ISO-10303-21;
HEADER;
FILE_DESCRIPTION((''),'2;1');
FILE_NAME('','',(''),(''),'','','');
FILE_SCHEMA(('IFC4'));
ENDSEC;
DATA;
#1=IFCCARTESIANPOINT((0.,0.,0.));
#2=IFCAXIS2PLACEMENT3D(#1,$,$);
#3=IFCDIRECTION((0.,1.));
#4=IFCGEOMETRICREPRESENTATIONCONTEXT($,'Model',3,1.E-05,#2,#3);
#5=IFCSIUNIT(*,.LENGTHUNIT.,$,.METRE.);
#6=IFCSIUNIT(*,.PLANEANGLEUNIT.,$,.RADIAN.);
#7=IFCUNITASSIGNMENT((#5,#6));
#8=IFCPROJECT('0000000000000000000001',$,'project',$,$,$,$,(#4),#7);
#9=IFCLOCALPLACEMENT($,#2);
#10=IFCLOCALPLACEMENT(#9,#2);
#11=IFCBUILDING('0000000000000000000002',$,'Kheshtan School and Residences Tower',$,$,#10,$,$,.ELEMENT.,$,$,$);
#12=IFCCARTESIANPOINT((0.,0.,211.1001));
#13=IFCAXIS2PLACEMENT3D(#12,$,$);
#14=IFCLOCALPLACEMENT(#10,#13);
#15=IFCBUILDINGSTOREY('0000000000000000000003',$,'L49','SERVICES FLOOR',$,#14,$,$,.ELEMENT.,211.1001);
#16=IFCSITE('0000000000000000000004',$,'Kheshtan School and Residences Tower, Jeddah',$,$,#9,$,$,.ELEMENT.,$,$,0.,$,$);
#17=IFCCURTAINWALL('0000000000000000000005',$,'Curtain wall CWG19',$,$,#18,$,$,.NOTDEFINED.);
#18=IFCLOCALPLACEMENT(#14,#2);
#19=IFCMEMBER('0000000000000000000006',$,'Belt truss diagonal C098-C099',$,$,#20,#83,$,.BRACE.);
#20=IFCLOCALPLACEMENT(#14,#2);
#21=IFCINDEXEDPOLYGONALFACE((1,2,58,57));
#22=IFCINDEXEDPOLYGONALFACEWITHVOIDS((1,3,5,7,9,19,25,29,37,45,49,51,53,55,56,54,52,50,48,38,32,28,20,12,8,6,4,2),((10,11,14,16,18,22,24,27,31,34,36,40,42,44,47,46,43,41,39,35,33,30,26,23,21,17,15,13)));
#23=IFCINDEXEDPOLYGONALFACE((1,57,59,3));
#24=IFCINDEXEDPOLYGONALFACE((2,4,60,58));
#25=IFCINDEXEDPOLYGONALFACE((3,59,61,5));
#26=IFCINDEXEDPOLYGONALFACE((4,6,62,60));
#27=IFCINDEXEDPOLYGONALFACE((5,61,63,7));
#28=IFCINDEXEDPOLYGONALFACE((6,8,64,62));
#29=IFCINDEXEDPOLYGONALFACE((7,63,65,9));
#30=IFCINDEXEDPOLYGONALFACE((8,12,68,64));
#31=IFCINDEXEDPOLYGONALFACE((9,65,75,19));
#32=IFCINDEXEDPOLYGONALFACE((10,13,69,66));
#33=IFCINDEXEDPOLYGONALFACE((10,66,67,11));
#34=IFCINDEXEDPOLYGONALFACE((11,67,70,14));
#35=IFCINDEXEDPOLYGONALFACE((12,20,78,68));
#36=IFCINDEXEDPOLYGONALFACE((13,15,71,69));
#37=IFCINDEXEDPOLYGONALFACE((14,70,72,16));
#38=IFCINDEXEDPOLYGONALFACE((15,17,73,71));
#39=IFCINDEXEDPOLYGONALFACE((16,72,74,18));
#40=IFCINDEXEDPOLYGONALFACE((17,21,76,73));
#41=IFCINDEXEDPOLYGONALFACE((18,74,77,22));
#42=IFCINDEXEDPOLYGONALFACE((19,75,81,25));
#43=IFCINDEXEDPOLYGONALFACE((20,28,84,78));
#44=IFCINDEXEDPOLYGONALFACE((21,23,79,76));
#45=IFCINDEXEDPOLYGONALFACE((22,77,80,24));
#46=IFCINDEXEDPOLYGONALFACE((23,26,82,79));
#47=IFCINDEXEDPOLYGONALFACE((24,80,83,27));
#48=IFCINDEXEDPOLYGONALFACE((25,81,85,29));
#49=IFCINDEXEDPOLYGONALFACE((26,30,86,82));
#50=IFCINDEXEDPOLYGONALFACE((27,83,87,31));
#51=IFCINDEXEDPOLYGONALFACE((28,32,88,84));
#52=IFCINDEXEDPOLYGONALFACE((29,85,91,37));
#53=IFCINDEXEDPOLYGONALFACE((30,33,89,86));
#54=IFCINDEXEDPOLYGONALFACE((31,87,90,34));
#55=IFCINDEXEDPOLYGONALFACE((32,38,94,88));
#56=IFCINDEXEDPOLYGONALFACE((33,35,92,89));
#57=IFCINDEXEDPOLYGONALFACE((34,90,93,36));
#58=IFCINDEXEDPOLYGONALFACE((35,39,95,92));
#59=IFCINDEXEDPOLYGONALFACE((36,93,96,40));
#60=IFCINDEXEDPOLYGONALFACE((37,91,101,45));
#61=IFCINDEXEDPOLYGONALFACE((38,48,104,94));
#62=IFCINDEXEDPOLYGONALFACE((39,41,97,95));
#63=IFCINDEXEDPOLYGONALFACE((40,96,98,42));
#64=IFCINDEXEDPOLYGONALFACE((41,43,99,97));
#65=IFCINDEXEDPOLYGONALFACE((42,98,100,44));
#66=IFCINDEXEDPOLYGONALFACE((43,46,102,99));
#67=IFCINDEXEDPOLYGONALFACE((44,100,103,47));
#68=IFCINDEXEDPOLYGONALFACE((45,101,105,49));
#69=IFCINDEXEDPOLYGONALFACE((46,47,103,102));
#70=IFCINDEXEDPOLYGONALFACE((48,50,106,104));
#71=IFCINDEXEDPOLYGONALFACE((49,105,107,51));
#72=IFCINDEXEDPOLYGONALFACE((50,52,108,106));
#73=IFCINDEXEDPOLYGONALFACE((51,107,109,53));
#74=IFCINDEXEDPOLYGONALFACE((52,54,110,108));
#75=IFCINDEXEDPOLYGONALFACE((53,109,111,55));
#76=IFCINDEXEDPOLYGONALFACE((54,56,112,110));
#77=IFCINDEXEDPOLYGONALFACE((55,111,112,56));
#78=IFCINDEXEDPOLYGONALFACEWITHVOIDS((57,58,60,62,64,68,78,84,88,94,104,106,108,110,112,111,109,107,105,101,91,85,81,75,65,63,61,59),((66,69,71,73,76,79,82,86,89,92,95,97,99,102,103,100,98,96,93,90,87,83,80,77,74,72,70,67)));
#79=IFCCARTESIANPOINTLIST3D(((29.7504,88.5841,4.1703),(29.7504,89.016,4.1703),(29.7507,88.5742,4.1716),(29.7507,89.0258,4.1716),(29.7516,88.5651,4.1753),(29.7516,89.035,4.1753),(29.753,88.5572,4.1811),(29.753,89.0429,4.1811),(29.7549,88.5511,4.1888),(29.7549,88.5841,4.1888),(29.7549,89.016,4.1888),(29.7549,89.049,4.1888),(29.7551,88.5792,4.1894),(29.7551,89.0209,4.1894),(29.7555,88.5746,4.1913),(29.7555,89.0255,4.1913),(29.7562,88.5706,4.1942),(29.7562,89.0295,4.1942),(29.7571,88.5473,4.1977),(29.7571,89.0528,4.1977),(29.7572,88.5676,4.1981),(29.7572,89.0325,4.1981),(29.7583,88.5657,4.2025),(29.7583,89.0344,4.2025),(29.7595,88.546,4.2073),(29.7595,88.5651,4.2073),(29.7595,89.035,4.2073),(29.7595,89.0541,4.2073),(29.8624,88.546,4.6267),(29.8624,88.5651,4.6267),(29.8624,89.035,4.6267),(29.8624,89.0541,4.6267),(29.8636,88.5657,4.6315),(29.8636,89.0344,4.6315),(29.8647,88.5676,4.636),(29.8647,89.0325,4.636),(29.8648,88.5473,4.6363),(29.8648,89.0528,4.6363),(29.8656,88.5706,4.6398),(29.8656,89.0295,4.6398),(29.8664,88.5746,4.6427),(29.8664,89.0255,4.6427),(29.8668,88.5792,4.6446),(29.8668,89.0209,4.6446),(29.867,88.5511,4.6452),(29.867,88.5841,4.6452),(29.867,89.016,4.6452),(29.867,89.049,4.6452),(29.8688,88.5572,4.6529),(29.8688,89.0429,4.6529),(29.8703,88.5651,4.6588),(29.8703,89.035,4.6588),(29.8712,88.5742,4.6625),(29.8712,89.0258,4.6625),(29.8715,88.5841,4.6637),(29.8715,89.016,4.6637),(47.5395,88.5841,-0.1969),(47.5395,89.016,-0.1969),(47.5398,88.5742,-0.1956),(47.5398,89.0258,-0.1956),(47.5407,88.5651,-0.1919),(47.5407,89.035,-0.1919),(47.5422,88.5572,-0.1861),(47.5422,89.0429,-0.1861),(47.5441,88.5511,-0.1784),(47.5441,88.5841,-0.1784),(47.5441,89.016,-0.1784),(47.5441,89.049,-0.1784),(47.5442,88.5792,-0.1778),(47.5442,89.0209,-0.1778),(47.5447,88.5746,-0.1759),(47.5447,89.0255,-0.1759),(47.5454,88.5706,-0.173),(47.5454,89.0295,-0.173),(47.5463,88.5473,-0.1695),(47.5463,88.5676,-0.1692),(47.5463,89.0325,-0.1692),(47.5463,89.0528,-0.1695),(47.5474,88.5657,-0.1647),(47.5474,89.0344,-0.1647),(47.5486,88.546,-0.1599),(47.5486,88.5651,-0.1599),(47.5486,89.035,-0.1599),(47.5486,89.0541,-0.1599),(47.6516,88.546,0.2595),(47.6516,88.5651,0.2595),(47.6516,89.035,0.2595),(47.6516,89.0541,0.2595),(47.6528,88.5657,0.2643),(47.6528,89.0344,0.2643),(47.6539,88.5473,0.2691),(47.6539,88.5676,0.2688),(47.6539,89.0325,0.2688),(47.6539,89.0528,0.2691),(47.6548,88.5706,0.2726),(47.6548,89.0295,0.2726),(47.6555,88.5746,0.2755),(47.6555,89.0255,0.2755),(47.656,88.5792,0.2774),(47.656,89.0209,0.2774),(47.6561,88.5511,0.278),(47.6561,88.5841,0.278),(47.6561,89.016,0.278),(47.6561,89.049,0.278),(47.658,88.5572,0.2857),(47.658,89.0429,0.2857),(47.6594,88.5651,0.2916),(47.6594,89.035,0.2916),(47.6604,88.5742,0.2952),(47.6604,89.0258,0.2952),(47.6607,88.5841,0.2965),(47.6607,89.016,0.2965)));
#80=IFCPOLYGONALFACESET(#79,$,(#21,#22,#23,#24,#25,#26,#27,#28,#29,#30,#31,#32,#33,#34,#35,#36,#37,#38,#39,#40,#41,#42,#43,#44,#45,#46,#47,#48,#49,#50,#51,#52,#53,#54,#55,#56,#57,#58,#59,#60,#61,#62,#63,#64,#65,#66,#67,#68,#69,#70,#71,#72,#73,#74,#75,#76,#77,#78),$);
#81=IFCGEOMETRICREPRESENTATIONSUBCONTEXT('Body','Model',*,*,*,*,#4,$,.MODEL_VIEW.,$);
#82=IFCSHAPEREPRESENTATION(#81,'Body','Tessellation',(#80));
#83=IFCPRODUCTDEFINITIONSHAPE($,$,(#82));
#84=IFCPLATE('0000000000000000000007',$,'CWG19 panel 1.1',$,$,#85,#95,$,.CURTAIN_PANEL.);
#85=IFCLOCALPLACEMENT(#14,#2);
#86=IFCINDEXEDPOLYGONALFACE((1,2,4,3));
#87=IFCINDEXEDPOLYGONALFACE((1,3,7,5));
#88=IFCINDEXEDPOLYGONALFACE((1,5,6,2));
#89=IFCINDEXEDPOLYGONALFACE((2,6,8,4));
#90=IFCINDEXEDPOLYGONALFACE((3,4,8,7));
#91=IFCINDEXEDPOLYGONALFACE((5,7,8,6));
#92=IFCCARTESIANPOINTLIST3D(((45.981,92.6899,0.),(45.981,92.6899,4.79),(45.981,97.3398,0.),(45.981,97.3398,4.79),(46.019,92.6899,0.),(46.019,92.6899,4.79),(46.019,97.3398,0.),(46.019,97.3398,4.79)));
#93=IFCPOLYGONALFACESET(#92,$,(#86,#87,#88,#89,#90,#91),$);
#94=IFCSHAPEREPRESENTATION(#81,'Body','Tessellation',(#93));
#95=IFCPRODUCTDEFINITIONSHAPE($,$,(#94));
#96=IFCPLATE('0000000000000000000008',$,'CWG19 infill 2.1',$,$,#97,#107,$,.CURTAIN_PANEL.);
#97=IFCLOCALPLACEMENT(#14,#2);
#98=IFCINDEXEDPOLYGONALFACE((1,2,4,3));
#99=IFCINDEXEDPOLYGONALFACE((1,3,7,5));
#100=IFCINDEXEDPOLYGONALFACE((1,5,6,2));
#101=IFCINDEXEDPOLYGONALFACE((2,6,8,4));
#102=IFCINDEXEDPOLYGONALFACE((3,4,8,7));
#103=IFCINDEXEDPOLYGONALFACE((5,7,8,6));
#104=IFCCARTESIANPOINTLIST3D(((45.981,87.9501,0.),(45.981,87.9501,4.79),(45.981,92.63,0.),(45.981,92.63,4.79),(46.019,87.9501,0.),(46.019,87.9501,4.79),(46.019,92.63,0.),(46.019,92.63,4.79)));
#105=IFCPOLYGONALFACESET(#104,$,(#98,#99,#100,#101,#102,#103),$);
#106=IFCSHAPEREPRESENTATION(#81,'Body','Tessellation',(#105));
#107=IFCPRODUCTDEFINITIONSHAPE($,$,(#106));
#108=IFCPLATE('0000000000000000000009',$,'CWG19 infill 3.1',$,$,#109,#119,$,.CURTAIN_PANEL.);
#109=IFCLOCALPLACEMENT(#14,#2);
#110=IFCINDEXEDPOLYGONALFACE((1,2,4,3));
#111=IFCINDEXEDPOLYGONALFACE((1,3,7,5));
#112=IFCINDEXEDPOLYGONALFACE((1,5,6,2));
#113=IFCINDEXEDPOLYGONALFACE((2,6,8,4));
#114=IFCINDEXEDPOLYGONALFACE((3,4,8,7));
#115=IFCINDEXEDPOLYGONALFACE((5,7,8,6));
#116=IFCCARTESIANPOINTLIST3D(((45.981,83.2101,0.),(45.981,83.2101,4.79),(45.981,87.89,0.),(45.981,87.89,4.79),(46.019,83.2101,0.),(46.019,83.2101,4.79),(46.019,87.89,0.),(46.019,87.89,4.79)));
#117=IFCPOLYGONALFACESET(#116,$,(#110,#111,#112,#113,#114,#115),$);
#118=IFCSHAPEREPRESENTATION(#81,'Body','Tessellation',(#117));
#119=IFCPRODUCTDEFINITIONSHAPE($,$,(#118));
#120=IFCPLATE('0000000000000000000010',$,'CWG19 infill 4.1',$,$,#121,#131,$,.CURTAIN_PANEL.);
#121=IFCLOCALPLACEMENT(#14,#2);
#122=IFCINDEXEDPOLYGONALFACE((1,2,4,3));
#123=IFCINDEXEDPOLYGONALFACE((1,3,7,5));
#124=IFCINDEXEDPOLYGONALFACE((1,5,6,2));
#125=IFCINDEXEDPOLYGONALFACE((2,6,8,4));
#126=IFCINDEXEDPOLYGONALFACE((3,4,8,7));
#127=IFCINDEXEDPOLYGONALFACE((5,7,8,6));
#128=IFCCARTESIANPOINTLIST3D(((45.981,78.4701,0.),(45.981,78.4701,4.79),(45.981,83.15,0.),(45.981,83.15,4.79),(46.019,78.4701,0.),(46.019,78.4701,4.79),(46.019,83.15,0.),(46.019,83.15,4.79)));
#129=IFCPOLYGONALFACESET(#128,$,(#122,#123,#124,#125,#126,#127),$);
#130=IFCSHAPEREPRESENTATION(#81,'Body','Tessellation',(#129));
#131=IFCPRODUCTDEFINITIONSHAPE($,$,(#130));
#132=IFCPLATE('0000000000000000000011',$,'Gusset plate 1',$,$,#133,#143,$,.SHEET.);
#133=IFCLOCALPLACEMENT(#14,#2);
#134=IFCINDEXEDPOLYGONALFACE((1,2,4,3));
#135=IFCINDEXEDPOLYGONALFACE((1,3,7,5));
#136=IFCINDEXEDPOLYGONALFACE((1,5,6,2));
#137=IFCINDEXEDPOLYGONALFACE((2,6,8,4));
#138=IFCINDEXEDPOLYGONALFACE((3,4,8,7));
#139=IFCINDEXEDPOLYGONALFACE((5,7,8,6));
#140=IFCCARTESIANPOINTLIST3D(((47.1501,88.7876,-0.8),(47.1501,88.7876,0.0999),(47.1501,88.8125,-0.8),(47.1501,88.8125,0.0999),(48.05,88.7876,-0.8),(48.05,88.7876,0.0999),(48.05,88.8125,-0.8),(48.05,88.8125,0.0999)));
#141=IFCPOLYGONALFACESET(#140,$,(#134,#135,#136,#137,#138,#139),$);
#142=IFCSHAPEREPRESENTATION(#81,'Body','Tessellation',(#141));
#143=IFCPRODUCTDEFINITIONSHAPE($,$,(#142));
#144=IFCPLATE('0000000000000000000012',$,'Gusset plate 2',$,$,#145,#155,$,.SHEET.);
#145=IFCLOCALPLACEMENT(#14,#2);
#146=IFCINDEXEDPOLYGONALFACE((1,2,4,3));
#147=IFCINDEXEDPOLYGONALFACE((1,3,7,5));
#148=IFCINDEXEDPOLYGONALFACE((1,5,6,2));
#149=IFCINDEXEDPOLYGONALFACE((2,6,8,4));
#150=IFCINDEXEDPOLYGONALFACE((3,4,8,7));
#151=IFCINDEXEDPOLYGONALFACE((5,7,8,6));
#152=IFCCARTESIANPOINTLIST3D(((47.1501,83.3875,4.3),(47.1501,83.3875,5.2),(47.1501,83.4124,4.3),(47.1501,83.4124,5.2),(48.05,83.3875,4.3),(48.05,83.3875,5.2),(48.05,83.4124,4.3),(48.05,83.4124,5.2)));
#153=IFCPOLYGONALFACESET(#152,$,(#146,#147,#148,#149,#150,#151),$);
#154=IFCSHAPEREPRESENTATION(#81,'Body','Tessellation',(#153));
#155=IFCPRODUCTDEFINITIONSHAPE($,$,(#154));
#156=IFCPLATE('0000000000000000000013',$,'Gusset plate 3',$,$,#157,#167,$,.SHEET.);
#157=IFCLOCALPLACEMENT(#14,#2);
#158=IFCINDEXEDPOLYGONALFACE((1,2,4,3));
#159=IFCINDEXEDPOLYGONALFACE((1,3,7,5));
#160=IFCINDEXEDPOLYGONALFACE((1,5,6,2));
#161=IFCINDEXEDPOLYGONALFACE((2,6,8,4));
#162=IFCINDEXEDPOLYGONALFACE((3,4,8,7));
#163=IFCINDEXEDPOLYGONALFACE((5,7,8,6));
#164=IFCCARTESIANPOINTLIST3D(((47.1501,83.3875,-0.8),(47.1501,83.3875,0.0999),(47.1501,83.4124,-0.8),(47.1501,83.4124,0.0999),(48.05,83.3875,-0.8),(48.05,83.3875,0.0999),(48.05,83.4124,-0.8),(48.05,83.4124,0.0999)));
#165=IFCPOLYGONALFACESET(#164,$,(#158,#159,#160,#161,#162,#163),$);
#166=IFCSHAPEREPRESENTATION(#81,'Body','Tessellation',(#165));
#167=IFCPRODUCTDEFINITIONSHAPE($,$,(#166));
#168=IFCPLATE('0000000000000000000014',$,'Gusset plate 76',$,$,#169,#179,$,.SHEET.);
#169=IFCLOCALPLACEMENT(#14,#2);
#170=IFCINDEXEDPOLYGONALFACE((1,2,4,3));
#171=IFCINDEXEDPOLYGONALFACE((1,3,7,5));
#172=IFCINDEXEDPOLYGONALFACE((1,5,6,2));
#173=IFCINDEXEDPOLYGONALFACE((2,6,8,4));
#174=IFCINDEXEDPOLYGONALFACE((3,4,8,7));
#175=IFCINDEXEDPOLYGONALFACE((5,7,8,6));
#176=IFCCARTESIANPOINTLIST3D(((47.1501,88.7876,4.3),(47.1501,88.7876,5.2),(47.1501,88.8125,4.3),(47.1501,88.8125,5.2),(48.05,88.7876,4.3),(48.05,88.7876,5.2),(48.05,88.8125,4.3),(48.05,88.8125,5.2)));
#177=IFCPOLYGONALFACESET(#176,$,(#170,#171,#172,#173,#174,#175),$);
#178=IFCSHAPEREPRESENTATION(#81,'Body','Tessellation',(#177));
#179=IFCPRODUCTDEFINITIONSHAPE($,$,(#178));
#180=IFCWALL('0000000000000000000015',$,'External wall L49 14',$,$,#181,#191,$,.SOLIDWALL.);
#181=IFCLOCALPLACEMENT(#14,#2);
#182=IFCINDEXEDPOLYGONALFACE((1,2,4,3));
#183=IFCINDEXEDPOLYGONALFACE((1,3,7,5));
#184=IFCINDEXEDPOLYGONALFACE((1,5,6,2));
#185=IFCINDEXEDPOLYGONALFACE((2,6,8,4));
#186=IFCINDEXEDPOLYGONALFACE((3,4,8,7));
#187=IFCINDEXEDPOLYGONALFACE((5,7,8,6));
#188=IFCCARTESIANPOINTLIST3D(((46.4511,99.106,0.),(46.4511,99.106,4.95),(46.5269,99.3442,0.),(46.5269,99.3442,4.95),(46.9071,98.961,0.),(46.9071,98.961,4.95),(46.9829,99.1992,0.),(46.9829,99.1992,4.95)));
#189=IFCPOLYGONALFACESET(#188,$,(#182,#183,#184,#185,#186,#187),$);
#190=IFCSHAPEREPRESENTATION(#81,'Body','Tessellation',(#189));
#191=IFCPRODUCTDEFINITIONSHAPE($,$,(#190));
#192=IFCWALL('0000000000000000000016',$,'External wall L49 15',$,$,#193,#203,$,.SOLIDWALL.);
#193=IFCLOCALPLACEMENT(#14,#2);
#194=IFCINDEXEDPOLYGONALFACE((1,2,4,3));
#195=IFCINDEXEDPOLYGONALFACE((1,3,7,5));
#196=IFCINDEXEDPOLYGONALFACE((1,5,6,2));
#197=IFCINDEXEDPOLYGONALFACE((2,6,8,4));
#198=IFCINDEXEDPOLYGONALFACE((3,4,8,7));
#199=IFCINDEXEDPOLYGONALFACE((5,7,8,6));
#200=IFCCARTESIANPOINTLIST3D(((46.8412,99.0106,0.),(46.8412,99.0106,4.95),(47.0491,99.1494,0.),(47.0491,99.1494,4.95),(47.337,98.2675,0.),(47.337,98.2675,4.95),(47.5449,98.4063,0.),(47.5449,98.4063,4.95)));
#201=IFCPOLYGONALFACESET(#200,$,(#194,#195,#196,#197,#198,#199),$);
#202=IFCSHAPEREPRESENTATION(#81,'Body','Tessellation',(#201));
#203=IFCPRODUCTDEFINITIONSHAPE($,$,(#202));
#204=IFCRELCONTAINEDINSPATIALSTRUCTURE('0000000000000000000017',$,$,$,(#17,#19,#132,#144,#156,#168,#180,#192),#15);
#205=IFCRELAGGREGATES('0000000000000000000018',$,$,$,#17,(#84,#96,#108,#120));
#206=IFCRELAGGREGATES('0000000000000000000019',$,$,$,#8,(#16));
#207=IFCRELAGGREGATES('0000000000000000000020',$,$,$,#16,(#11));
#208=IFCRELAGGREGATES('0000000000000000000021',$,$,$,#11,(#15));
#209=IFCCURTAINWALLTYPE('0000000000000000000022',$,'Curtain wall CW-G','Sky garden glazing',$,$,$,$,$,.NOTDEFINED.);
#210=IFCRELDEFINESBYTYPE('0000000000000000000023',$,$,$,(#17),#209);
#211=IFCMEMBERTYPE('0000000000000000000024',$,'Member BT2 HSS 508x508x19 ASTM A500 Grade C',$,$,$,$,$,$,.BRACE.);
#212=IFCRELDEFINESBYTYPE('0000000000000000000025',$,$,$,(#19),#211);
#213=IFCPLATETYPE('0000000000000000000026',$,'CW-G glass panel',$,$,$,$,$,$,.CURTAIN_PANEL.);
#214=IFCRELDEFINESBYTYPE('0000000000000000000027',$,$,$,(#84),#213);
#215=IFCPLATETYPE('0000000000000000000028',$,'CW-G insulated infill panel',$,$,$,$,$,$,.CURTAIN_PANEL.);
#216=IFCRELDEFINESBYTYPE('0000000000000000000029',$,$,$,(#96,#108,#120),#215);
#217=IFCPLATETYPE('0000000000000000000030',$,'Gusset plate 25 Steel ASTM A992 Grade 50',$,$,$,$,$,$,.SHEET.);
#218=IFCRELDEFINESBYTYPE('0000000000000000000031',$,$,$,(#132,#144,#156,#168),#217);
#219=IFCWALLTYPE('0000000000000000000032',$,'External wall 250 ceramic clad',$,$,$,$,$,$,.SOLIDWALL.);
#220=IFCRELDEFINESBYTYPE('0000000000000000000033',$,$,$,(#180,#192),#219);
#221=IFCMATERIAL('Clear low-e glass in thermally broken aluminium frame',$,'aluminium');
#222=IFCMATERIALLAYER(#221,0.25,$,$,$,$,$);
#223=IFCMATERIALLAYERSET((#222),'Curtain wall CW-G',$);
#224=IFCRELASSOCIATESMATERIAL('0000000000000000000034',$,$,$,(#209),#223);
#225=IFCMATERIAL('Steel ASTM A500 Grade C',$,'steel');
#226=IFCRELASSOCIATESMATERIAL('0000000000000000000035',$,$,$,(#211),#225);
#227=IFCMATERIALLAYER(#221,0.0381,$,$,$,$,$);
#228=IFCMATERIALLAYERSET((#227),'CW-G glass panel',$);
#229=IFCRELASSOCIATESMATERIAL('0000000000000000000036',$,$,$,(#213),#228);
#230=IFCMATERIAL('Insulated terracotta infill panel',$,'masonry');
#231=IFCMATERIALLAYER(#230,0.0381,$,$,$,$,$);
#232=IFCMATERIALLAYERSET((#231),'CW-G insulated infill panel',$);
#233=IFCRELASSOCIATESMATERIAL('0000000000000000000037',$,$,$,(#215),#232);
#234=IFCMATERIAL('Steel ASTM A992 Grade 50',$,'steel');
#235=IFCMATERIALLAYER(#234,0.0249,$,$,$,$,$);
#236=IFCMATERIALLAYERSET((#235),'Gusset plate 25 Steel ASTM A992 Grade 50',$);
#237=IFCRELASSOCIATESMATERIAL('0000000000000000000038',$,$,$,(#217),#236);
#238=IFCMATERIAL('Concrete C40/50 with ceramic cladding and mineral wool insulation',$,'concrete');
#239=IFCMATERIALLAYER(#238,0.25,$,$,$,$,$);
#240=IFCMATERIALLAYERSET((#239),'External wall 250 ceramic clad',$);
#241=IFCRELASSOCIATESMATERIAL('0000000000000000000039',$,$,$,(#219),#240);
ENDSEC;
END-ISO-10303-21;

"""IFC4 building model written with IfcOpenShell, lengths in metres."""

from ifc_helpers import new_model, si_unit, direction, frame, frame_2d, origin, origin_2d, place, context, subcontext, project, spatial, rectangle, hollow_rectangle, extrude, material, layer, layer_set, material_profile, profile_set, type_object, element, aggregate, save


model = new_model("IFC4")

# Units and contexts
model_context = context("Model", 3, precision=1e-05, world=origin(), true_north=direction((0.0, 1.0)))
body_context = subcontext(model_context, "Body", "Model", "MODEL_VIEW")
ifc_project = project(units=[si_unit("LENGTHUNIT", "METRE"), si_unit("PLANEANGLEUNIT", "RADIAN")], contexts=[model_context])

# Site, building, storey
site_placement = place(None, origin())
site = spatial("IfcSite", under=ifc_project, at=site_placement, Name="Kheshtan School and Residences Tower, Jeddah", CompositionType="ELEMENT", RefElevation=0.0)
building_placement = place(site_placement, origin())
building = spatial("IfcBuilding", under=site, at=building_placement, Name="Kheshtan School and Residences Tower", CompositionType="ELEMENT")
storey_placement = place(building_placement, frame((0.0, 0.0, 211.1001)))
storey = spatial("IfcBuildingStorey", under=building, at=storey_placement, Name="L49", Description="SERVICES FLOOR", CompositionType="ELEMENT", Elevation=211.1001)

# Shared definitions
ifc_material_1 = material(Name="Steel ASTM A992 Grade 50", Category="steel")

# Curtain wall
ifc_material_2 = material(Name="Clear low-e glass in thermally broken aluminium frame", Category="aluminium")
ifc_layer_1 = layer(ifc_material_2, 0.25)
ifc_layer_set_1 = layer_set([ifc_layer_1], Name="Curtain wall CW-G")
curtain_wall_type = type_object("IfcCurtainWallType", Name="Curtain wall CW-G", Description="Sky garden glazing", PredefinedType="NOTDEFINED", material=ifc_layer_set_1)
curtain_wall_placement = place(storey_placement, origin())
curtain_wall = element("IfcCurtainWall", 1, at=curtain_wall_placement, inside=storey, type_object=curtain_wall_type, Name="Curtain wall CWG19", PredefinedType="NOTDEFINED")

# Member
ifc_material_3 = material(Name="Steel ASTM A500 Grade C", Category="steel")
ifc_material_profile_1 = material_profile(ifc_material_3, hollow_rectangle(XDim=0.5081, YDim=0.5081, WallThickness=0.019, InnerFilletRadius=0.019, OuterFilletRadius=0.0381, at=origin_2d()), Name="HSS 508x508x19")
ifc_profile_set_1 = profile_set([ifc_material_profile_1], Name="Steel ASTM A500 Grade C")
member_type_1 = type_object("IfcMemberType", Name="Member BT2 HSS 508x508x19 ASTM A500 Grade C", PredefinedType="BRACE", material=ifc_profile_set_1)
member_1_placement = place(storey_placement, frame((47.6001, 88.8, 0.0498), z_axis=(-0.971162, 0.0, 0.238419), x_axis=(0.0, -1.0, 0.0)))
element("IfcMember", 2, at=member_1_placement, inside=storey, type_object=member_type_1, Name="Belt truss diagonal C098-C099", PredefinedType="BRACE", context=body_context, shape_type="SweptSolid", body=[
    extrude(hollow_rectangle(XDim=0.5081, YDim=0.5081, WallThickness=0.019, InnerFilletRadius=0.019, OuterFilletRadius=0.0381, at=origin_2d()), origin(), (0.0, 0.0, 1.0), 18.3174),
])

# Plates
ifc_layer_2 = layer(ifc_material_2, 0.0381)
ifc_layer_set_2 = layer_set([ifc_layer_2], Name="CW-G glass panel")
plate_type_1 = type_object("IfcPlateType", Name="CW-G glass panel", PredefinedType="CURTAIN_PANEL", material=ifc_layer_set_2)
plate_1_placement = place(storey_placement, frame((46.0, 95.0149, 0.0), z_axis=(0.0, 0.0, 1.0), x_axis=(0.0, -1.0, 0.0)))
plate_1 = element("IfcPlate", 3, at=plate_1_placement, type_object=plate_type_1, Name="CWG19 panel 1.1", PredefinedType="CURTAIN_PANEL", context=body_context, shape_type="SweptSolid", body=[
    extrude(rectangle(XDim=4.6499, YDim=0.0381, at=origin_2d()), origin(), (0.0, 0.0, 1.0), 4.79),
])
ifc_material_4 = material(Name="Insulated terracotta infill panel", Category="masonry")
ifc_layer_3 = layer(ifc_material_4, 0.0381)
ifc_layer_set_3 = layer_set([ifc_layer_3], Name="CW-G insulated infill panel")
plate_type_2 = type_object("IfcPlateType", Name="CW-G insulated infill panel", PredefinedType="CURTAIN_PANEL", material=ifc_layer_set_3)
plate_2_placement = place(storey_placement, frame((46.0, 90.29, 0.0), z_axis=(0.0, 0.0, 1.0), x_axis=(0.0, -1.0, 0.0)))
plate_2 = element("IfcPlate", 4, at=plate_2_placement, type_object=plate_type_2, Name="CWG19 infill 2.1", PredefinedType="CURTAIN_PANEL", context=body_context, shape_type="SweptSolid", body=[
    extrude(rectangle(XDim=4.6799, YDim=0.0381, at=origin_2d()), origin(), (0.0, 0.0, 1.0), 4.79),
])
plate_3_placement = place(storey_placement, frame((46.0, 85.55, 0.0), z_axis=(0.0, 0.0, 1.0), x_axis=(0.0, -1.0, 0.0)))
plate_3 = element("IfcPlate", 5, at=plate_3_placement, type_object=plate_type_2, Name="CWG19 infill 3.1", PredefinedType="CURTAIN_PANEL", context=body_context, shape_type="SweptSolid", body=[
    extrude(rectangle(XDim=4.6799, YDim=0.0381, at=origin_2d()), origin(), (0.0, 0.0, 1.0), 4.79),
])
plate_4_placement = place(storey_placement, frame((46.0, 80.8101, 0.0), z_axis=(0.0, 0.0, 1.0), x_axis=(0.0, -1.0, 0.0)))
plate_4 = element("IfcPlate", 6, at=plate_4_placement, type_object=plate_type_2, Name="CWG19 infill 4.1", PredefinedType="CURTAIN_PANEL", context=body_context, shape_type="SweptSolid", body=[
    extrude(rectangle(XDim=4.6799, YDim=0.0381, at=origin_2d()), origin(), (0.0, 0.0, 1.0), 4.79),
])
aggregate(curtain_wall, [plate_1, plate_2, plate_3, plate_4])

# Plates
ifc_layer_4 = layer(ifc_material_1, 0.0249)
ifc_layer_set_4 = layer_set([ifc_layer_4], Name="Gusset plate 25 Steel ASTM A992 Grade 50")
plate_type_3 = type_object("IfcPlateType", Name="Gusset plate 25 Steel ASTM A992 Grade 50", PredefinedType="SHEET", material=ifc_layer_set_4)
for number, where, z_axis, x_axis, name in (
    (7, (47.6001, 88.8, -0.8), (0.0, 0.0, 1.0), (1.0, 0.0, 0.0), "Gusset plate 1"),
    (8, (47.6001, 83.3999, 4.3), (0.0, 0.0, 1.0), (1.0, 0.0, 0.0), "Gusset plate 2"),
    (9, (47.6001, 83.3999, -0.8), (0.0, 0.0, 1.0), (1.0, 0.0, 0.0), "Gusset plate 3"),
    (10, (47.6001, 88.8, 4.3), (0.0, 0.0, 1.0), (1.0, 0.0, 0.0), "Gusset plate 76"),
):
    element("IfcPlate", number, at=place(storey_placement, frame(where, z_axis=z_axis, x_axis=x_axis)), inside=storey, type_object=plate_type_3, Name=name, PredefinedType="SHEET", context=body_context, shape_type="SweptSolid", body=[
        extrude(rectangle(XDim=0.8999, YDim=0.0249, at=origin_2d()), origin(), (0.0, 0.0, 1.0), 0.8999),
    ])

# Walls
ifc_material_5 = material(Name="Concrete C40/50 with ceramic cladding and mineral wool insulation", Category="concrete")
ifc_layer_5 = layer(ifc_material_5, 0.25)
ifc_layer_set_5 = layer_set([ifc_layer_5], Name="External wall 250 ceramic clad")
wall_type_1 = type_object("IfcWallType", Name="External wall 250 ceramic clad", PredefinedType="SOLIDWALL", material=ifc_layer_set_5)
wall_1_placement = place(storey_placement, frame((46.489, 99.2251, 0.0), z_axis=(0.0, 0.0, 1.0), x_axis=(0.952979, -0.303035, 0.0)))
element("IfcWall", 11, at=wall_1_placement, inside=storey, type_object=wall_type_1, Name="External wall L49 14", PredefinedType="SOLIDWALL", context=body_context, shape_type="SweptSolid", body=[
    extrude(rectangle(XDim=0.4785, YDim=0.25, at=frame_2d((0.2393, 0.0))), origin(), (0.0, 0.0, 1.0), 4.95),
])
wall_2_placement = place(storey_placement, frame((46.9451, 99.0801, 0.0), z_axis=(0.0, 0.0, 1.0), x_axis=(0.555015, -0.83184, 0.0)))
element("IfcWall", 12, at=wall_2_placement, inside=storey, type_object=wall_type_1, Name="External wall L49 15", PredefinedType="SOLIDWALL", context=body_context, shape_type="SweptSolid", body=[
    extrude(rectangle(XDim=0.8933, YDim=0.25, at=frame_2d((0.4468, 0.0))), origin(), (0.0, 0.0, 1.0), 4.95),
])

save(model, "model.ifc")
